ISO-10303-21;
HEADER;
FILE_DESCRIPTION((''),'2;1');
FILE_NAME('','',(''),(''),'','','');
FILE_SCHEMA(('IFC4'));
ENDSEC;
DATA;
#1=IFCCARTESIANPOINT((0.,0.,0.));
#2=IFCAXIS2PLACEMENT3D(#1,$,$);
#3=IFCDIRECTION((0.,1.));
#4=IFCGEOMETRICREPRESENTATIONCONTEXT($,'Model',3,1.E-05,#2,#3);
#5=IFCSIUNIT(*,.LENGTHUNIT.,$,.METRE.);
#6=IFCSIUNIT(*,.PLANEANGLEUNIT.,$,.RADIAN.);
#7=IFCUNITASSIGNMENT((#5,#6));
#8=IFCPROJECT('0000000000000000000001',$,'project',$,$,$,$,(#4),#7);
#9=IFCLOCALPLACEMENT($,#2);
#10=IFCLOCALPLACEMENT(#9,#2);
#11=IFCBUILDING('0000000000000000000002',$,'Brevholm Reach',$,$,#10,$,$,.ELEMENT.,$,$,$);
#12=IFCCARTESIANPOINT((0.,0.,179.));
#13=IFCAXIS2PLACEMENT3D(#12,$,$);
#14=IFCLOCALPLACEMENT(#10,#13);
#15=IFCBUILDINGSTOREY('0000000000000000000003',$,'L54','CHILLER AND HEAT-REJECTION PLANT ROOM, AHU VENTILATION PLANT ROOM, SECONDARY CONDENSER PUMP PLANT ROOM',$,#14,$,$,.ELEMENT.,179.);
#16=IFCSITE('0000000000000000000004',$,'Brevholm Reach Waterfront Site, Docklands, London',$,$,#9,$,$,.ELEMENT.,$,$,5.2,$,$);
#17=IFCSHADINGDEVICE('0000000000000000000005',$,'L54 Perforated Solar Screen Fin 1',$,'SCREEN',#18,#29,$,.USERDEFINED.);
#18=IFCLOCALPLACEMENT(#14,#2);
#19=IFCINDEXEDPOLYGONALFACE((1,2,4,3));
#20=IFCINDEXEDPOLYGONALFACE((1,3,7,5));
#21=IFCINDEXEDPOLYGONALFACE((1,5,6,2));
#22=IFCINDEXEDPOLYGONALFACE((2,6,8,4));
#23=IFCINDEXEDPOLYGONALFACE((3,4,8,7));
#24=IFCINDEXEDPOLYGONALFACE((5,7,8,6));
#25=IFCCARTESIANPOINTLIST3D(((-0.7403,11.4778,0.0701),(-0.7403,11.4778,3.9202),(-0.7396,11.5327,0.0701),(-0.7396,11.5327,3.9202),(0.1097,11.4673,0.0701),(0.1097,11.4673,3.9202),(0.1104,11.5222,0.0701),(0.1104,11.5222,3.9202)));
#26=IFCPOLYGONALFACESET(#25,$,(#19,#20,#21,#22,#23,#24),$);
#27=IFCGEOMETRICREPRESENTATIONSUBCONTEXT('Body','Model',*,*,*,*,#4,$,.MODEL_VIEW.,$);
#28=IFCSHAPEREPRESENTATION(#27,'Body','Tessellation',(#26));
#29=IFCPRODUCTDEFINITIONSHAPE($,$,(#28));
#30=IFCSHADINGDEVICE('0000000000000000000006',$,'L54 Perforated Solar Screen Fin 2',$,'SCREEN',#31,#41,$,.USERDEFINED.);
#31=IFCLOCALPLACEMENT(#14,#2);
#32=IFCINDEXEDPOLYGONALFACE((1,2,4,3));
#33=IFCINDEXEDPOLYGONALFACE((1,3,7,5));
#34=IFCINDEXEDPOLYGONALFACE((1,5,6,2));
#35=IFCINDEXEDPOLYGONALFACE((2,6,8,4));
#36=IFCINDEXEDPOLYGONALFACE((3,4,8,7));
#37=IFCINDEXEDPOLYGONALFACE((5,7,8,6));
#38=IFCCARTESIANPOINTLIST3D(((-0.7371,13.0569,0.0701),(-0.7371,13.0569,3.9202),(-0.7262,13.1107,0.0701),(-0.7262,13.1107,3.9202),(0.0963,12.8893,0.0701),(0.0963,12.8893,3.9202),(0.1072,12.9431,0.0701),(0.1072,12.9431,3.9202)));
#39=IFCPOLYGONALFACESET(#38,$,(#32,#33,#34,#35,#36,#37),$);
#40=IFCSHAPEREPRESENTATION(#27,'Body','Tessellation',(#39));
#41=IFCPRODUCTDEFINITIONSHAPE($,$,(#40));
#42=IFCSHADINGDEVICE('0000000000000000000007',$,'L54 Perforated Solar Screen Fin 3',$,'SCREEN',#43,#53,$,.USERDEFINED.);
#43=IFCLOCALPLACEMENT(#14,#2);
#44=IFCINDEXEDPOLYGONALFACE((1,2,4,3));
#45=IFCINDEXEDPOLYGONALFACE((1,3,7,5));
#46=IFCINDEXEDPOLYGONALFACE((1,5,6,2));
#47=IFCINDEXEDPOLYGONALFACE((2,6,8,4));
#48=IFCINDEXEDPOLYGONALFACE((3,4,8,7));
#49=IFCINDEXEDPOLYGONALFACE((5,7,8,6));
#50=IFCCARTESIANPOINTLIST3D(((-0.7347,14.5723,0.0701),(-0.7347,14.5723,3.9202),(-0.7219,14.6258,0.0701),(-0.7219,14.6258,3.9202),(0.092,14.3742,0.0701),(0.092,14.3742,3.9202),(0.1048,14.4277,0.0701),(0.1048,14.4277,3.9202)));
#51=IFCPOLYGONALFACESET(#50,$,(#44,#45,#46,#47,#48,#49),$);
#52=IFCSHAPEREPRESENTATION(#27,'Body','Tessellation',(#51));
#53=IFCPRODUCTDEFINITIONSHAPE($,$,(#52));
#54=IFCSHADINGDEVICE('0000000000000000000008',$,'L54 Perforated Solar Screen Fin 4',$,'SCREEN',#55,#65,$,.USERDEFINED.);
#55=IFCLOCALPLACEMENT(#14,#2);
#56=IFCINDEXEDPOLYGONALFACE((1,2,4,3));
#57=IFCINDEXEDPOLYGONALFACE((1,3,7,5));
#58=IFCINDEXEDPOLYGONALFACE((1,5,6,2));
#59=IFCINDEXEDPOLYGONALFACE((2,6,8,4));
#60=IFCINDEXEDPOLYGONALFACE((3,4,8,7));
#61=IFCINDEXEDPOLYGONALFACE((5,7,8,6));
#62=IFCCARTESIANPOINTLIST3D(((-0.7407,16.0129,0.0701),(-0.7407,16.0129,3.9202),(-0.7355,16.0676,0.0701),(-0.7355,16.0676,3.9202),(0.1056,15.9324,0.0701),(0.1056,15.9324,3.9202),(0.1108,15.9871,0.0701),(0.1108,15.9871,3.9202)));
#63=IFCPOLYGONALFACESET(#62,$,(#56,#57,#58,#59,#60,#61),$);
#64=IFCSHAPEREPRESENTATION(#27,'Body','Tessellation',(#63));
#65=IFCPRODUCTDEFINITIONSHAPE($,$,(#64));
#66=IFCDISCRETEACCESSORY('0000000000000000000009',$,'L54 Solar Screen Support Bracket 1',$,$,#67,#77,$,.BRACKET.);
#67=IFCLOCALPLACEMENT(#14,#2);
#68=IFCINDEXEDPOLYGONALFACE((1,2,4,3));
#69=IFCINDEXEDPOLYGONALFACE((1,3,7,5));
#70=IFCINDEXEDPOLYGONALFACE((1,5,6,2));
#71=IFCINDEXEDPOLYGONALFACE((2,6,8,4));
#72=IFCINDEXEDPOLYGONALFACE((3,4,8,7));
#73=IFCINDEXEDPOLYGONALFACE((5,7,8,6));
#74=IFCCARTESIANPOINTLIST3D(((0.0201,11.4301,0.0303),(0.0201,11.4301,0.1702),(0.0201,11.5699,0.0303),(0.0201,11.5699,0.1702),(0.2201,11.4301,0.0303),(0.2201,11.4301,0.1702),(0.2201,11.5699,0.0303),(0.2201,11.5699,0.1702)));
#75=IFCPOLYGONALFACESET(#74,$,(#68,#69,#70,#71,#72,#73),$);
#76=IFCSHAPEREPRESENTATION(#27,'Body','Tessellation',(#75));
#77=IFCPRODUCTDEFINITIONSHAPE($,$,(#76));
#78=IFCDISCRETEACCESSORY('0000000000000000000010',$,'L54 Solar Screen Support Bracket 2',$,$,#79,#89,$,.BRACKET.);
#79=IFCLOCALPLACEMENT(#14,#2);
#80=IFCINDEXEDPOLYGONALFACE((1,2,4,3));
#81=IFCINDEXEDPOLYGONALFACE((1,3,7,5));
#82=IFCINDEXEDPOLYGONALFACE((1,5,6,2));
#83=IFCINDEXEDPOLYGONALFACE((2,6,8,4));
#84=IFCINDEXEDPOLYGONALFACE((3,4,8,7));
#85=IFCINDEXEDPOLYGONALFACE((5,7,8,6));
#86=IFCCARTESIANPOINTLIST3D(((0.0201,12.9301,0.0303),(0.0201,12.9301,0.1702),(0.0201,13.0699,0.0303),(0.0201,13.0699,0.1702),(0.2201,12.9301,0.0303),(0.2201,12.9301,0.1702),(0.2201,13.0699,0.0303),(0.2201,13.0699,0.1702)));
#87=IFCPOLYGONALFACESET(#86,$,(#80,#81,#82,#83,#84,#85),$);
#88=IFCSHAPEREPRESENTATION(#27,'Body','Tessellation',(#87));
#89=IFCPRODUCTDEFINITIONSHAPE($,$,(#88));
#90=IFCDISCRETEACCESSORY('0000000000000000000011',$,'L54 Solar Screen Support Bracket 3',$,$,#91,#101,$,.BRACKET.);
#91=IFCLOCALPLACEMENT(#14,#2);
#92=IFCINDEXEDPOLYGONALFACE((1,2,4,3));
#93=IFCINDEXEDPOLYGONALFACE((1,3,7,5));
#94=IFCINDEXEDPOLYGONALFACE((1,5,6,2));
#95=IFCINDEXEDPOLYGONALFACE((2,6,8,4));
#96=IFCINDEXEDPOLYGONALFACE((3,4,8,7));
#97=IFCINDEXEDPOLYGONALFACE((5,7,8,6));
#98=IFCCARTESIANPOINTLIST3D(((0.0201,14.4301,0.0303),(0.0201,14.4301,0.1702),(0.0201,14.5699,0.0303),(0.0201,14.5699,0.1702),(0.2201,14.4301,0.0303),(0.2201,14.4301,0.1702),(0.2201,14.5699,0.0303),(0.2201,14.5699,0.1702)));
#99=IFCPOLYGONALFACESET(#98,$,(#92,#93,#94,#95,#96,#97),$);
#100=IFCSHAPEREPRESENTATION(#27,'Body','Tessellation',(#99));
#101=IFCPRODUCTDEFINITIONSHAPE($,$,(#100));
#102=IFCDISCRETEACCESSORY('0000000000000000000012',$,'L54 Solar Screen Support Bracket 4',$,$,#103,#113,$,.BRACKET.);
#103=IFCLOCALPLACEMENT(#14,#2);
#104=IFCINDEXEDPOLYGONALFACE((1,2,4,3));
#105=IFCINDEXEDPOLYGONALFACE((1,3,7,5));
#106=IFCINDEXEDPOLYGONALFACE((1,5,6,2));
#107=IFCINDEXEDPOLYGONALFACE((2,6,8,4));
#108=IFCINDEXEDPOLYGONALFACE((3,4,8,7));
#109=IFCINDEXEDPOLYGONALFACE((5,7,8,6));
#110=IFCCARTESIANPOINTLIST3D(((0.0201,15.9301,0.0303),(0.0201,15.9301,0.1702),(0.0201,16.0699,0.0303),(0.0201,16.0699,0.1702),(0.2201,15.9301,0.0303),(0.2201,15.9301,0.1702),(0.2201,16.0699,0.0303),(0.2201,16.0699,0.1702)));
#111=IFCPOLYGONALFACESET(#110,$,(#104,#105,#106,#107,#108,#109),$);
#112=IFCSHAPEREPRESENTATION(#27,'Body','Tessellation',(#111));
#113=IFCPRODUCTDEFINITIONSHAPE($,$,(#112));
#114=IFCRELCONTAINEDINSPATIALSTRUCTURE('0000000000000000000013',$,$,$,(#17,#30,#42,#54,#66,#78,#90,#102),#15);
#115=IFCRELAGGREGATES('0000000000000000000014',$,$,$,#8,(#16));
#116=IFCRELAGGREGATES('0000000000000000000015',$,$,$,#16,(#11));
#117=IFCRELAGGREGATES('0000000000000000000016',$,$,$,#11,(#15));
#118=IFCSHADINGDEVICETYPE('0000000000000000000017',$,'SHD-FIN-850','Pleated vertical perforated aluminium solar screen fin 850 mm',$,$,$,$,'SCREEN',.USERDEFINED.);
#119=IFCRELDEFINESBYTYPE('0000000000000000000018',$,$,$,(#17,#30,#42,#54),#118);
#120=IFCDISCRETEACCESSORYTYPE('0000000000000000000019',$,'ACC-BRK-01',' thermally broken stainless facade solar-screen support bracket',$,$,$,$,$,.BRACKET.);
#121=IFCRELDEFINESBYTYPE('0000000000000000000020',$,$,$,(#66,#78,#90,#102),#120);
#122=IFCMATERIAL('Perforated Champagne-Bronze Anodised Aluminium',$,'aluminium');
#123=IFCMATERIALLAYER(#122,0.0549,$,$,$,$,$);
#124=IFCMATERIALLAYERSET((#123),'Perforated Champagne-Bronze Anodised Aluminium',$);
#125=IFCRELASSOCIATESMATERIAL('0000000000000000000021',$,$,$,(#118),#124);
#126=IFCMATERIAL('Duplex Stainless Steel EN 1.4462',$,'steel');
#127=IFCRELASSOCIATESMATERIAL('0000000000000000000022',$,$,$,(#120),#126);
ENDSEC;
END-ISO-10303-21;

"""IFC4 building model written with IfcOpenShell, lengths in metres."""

from ifc_helpers import new_model, si_unit, direction, frame, origin, origin_2d, place, context, subcontext, project, spatial, rectangle, extrude, material, layer, layer_set, type_object, element, save


model = new_model("IFC4")

# Units and contexts
model_context = context("Model", 3, precision=1e-05, world=origin(), true_north=direction((0.0, 1.0)))
body_context = subcontext(model_context, "Body", "Model", "MODEL_VIEW")
ifc_project = project(units=[si_unit("LENGTHUNIT", "METRE"), si_unit("PLANEANGLEUNIT", "RADIAN")], contexts=[model_context])

# Site, building, storey
site_placement = place(None, origin())
site = spatial("IfcSite", under=ifc_project, at=site_placement, Name="Brevholm Reach Waterfront Site, Docklands, London", CompositionType="ELEMENT", RefElevation=5.2)
building_placement = place(site_placement, origin())
building = spatial("IfcBuilding", under=site, at=building_placement, Name="Brevholm Reach", CompositionType="ELEMENT")
storey_placement = place(building_placement, frame((0.0, 0.0, 179.0)))
storey = spatial("IfcBuildingStorey", under=building, at=storey_placement, Name="L54", Description="CHILLER AND HEAT-REJECTION PLANT ROOM, AHU VENTILATION PLANT ROOM, SECONDARY CONDENSER PUMP PLANT ROOM", CompositionType="ELEMENT", Elevation=179.0)

# Shading devices
ifc_material_1 = material(Name="Perforated Champagne-Bronze Anodised Aluminium", Category="aluminium")
ifc_layer_1 = layer(ifc_material_1, 0.0549)
ifc_layer_set_1 = layer_set([ifc_layer_1], Name="Perforated Champagne-Bronze Anodised Aluminium")
shading_device_type = type_object("IfcShadingDeviceType", Name="SHD-FIN-850", Description="Pleated vertical perforated aluminium solar screen fin 850 mm", ElementType="SCREEN", PredefinedType="USERDEFINED", material=ifc_layer_set_1)
for number, where, z_axis, x_axis, name in (
    (1, (-0.3149, 11.5, 0.0701), (0.0, 0.0, 1.0), (-0.999924, 0.012322, 0.0), "L54 Perforated Solar Screen Fin 1"),
    (2, (-0.3149, 13.0, 0.0701), (0.0, 0.0, 1.0), (-0.980368, 0.197178, 0.0), "L54 Perforated Solar Screen Fin 2"),
    (3, (-0.3149, 14.5, 0.0701), (0.0, 0.0, 1.0), (-0.972472, 0.233021, 0.0), "L54 Perforated Solar Screen Fin 3"),
    (4, (-0.3149, 16.0, 0.0701), (0.0, 0.0, 1.0), (-0.995511, 0.094647, 0.0), "L54 Perforated Solar Screen Fin 4"),
):
    element("IfcShadingDevice", number, at=place(storey_placement, frame(where, z_axis=z_axis, x_axis=x_axis)), inside=storey, type_object=shading_device_type, Name=name, ObjectType="SCREEN", PredefinedType="USERDEFINED", context=body_context, shape_type="SweptSolid", body=[
        extrude(rectangle(XDim=0.8501, YDim=0.0549, at=origin_2d()), origin(), (0.0, 0.0, 1.0), 3.8501),
    ])

# Discrete accessories
ifc_material_2 = material(Name="Duplex Stainless Steel EN 1.4462", Category="steel")
discrete_accessory_type = type_object("IfcDiscreteAccessoryType", Name="ACC-BRK-01", Description=" thermally broken stainless facade solar-screen support bracket", PredefinedType="BRACKET", material=ifc_material_2)
for number, where, z_axis, x_axis, name in (
    (5, (0.1201, 11.5, 0.0303), (0.0, 0.0, 1.0), (-1.0, 0.0, 0.0), "L54 Solar Screen Support Bracket 1"),
    (6, (0.1201, 13.0, 0.0303), (0.0, 0.0, 1.0), (-1.0, 0.0, 0.0), "L54 Solar Screen Support Bracket 2"),
    (7, (0.1201, 14.5, 0.0303), (0.0, 0.0, 1.0), (-1.0, 0.0, 0.0), "L54 Solar Screen Support Bracket 3"),
    (8, (0.1201, 16.0, 0.0303), (0.0, 0.0, 1.0), (-1.0, 0.0, 0.0), "L54 Solar Screen Support Bracket 4"),
):
    element("IfcDiscreteAccessory", number, at=place(storey_placement, frame(where, z_axis=z_axis, x_axis=x_axis)), inside=storey, type_object=discrete_accessory_type, Name=name, PredefinedType="BRACKET", context=body_context, shape_type="SweptSolid", body=[
        extrude(rectangle(XDim=0.2, YDim=0.1399, at=origin_2d()), origin(), (0.0, 0.0, 1.0), 0.1399),
    ])

save(model, "model.ifc")
